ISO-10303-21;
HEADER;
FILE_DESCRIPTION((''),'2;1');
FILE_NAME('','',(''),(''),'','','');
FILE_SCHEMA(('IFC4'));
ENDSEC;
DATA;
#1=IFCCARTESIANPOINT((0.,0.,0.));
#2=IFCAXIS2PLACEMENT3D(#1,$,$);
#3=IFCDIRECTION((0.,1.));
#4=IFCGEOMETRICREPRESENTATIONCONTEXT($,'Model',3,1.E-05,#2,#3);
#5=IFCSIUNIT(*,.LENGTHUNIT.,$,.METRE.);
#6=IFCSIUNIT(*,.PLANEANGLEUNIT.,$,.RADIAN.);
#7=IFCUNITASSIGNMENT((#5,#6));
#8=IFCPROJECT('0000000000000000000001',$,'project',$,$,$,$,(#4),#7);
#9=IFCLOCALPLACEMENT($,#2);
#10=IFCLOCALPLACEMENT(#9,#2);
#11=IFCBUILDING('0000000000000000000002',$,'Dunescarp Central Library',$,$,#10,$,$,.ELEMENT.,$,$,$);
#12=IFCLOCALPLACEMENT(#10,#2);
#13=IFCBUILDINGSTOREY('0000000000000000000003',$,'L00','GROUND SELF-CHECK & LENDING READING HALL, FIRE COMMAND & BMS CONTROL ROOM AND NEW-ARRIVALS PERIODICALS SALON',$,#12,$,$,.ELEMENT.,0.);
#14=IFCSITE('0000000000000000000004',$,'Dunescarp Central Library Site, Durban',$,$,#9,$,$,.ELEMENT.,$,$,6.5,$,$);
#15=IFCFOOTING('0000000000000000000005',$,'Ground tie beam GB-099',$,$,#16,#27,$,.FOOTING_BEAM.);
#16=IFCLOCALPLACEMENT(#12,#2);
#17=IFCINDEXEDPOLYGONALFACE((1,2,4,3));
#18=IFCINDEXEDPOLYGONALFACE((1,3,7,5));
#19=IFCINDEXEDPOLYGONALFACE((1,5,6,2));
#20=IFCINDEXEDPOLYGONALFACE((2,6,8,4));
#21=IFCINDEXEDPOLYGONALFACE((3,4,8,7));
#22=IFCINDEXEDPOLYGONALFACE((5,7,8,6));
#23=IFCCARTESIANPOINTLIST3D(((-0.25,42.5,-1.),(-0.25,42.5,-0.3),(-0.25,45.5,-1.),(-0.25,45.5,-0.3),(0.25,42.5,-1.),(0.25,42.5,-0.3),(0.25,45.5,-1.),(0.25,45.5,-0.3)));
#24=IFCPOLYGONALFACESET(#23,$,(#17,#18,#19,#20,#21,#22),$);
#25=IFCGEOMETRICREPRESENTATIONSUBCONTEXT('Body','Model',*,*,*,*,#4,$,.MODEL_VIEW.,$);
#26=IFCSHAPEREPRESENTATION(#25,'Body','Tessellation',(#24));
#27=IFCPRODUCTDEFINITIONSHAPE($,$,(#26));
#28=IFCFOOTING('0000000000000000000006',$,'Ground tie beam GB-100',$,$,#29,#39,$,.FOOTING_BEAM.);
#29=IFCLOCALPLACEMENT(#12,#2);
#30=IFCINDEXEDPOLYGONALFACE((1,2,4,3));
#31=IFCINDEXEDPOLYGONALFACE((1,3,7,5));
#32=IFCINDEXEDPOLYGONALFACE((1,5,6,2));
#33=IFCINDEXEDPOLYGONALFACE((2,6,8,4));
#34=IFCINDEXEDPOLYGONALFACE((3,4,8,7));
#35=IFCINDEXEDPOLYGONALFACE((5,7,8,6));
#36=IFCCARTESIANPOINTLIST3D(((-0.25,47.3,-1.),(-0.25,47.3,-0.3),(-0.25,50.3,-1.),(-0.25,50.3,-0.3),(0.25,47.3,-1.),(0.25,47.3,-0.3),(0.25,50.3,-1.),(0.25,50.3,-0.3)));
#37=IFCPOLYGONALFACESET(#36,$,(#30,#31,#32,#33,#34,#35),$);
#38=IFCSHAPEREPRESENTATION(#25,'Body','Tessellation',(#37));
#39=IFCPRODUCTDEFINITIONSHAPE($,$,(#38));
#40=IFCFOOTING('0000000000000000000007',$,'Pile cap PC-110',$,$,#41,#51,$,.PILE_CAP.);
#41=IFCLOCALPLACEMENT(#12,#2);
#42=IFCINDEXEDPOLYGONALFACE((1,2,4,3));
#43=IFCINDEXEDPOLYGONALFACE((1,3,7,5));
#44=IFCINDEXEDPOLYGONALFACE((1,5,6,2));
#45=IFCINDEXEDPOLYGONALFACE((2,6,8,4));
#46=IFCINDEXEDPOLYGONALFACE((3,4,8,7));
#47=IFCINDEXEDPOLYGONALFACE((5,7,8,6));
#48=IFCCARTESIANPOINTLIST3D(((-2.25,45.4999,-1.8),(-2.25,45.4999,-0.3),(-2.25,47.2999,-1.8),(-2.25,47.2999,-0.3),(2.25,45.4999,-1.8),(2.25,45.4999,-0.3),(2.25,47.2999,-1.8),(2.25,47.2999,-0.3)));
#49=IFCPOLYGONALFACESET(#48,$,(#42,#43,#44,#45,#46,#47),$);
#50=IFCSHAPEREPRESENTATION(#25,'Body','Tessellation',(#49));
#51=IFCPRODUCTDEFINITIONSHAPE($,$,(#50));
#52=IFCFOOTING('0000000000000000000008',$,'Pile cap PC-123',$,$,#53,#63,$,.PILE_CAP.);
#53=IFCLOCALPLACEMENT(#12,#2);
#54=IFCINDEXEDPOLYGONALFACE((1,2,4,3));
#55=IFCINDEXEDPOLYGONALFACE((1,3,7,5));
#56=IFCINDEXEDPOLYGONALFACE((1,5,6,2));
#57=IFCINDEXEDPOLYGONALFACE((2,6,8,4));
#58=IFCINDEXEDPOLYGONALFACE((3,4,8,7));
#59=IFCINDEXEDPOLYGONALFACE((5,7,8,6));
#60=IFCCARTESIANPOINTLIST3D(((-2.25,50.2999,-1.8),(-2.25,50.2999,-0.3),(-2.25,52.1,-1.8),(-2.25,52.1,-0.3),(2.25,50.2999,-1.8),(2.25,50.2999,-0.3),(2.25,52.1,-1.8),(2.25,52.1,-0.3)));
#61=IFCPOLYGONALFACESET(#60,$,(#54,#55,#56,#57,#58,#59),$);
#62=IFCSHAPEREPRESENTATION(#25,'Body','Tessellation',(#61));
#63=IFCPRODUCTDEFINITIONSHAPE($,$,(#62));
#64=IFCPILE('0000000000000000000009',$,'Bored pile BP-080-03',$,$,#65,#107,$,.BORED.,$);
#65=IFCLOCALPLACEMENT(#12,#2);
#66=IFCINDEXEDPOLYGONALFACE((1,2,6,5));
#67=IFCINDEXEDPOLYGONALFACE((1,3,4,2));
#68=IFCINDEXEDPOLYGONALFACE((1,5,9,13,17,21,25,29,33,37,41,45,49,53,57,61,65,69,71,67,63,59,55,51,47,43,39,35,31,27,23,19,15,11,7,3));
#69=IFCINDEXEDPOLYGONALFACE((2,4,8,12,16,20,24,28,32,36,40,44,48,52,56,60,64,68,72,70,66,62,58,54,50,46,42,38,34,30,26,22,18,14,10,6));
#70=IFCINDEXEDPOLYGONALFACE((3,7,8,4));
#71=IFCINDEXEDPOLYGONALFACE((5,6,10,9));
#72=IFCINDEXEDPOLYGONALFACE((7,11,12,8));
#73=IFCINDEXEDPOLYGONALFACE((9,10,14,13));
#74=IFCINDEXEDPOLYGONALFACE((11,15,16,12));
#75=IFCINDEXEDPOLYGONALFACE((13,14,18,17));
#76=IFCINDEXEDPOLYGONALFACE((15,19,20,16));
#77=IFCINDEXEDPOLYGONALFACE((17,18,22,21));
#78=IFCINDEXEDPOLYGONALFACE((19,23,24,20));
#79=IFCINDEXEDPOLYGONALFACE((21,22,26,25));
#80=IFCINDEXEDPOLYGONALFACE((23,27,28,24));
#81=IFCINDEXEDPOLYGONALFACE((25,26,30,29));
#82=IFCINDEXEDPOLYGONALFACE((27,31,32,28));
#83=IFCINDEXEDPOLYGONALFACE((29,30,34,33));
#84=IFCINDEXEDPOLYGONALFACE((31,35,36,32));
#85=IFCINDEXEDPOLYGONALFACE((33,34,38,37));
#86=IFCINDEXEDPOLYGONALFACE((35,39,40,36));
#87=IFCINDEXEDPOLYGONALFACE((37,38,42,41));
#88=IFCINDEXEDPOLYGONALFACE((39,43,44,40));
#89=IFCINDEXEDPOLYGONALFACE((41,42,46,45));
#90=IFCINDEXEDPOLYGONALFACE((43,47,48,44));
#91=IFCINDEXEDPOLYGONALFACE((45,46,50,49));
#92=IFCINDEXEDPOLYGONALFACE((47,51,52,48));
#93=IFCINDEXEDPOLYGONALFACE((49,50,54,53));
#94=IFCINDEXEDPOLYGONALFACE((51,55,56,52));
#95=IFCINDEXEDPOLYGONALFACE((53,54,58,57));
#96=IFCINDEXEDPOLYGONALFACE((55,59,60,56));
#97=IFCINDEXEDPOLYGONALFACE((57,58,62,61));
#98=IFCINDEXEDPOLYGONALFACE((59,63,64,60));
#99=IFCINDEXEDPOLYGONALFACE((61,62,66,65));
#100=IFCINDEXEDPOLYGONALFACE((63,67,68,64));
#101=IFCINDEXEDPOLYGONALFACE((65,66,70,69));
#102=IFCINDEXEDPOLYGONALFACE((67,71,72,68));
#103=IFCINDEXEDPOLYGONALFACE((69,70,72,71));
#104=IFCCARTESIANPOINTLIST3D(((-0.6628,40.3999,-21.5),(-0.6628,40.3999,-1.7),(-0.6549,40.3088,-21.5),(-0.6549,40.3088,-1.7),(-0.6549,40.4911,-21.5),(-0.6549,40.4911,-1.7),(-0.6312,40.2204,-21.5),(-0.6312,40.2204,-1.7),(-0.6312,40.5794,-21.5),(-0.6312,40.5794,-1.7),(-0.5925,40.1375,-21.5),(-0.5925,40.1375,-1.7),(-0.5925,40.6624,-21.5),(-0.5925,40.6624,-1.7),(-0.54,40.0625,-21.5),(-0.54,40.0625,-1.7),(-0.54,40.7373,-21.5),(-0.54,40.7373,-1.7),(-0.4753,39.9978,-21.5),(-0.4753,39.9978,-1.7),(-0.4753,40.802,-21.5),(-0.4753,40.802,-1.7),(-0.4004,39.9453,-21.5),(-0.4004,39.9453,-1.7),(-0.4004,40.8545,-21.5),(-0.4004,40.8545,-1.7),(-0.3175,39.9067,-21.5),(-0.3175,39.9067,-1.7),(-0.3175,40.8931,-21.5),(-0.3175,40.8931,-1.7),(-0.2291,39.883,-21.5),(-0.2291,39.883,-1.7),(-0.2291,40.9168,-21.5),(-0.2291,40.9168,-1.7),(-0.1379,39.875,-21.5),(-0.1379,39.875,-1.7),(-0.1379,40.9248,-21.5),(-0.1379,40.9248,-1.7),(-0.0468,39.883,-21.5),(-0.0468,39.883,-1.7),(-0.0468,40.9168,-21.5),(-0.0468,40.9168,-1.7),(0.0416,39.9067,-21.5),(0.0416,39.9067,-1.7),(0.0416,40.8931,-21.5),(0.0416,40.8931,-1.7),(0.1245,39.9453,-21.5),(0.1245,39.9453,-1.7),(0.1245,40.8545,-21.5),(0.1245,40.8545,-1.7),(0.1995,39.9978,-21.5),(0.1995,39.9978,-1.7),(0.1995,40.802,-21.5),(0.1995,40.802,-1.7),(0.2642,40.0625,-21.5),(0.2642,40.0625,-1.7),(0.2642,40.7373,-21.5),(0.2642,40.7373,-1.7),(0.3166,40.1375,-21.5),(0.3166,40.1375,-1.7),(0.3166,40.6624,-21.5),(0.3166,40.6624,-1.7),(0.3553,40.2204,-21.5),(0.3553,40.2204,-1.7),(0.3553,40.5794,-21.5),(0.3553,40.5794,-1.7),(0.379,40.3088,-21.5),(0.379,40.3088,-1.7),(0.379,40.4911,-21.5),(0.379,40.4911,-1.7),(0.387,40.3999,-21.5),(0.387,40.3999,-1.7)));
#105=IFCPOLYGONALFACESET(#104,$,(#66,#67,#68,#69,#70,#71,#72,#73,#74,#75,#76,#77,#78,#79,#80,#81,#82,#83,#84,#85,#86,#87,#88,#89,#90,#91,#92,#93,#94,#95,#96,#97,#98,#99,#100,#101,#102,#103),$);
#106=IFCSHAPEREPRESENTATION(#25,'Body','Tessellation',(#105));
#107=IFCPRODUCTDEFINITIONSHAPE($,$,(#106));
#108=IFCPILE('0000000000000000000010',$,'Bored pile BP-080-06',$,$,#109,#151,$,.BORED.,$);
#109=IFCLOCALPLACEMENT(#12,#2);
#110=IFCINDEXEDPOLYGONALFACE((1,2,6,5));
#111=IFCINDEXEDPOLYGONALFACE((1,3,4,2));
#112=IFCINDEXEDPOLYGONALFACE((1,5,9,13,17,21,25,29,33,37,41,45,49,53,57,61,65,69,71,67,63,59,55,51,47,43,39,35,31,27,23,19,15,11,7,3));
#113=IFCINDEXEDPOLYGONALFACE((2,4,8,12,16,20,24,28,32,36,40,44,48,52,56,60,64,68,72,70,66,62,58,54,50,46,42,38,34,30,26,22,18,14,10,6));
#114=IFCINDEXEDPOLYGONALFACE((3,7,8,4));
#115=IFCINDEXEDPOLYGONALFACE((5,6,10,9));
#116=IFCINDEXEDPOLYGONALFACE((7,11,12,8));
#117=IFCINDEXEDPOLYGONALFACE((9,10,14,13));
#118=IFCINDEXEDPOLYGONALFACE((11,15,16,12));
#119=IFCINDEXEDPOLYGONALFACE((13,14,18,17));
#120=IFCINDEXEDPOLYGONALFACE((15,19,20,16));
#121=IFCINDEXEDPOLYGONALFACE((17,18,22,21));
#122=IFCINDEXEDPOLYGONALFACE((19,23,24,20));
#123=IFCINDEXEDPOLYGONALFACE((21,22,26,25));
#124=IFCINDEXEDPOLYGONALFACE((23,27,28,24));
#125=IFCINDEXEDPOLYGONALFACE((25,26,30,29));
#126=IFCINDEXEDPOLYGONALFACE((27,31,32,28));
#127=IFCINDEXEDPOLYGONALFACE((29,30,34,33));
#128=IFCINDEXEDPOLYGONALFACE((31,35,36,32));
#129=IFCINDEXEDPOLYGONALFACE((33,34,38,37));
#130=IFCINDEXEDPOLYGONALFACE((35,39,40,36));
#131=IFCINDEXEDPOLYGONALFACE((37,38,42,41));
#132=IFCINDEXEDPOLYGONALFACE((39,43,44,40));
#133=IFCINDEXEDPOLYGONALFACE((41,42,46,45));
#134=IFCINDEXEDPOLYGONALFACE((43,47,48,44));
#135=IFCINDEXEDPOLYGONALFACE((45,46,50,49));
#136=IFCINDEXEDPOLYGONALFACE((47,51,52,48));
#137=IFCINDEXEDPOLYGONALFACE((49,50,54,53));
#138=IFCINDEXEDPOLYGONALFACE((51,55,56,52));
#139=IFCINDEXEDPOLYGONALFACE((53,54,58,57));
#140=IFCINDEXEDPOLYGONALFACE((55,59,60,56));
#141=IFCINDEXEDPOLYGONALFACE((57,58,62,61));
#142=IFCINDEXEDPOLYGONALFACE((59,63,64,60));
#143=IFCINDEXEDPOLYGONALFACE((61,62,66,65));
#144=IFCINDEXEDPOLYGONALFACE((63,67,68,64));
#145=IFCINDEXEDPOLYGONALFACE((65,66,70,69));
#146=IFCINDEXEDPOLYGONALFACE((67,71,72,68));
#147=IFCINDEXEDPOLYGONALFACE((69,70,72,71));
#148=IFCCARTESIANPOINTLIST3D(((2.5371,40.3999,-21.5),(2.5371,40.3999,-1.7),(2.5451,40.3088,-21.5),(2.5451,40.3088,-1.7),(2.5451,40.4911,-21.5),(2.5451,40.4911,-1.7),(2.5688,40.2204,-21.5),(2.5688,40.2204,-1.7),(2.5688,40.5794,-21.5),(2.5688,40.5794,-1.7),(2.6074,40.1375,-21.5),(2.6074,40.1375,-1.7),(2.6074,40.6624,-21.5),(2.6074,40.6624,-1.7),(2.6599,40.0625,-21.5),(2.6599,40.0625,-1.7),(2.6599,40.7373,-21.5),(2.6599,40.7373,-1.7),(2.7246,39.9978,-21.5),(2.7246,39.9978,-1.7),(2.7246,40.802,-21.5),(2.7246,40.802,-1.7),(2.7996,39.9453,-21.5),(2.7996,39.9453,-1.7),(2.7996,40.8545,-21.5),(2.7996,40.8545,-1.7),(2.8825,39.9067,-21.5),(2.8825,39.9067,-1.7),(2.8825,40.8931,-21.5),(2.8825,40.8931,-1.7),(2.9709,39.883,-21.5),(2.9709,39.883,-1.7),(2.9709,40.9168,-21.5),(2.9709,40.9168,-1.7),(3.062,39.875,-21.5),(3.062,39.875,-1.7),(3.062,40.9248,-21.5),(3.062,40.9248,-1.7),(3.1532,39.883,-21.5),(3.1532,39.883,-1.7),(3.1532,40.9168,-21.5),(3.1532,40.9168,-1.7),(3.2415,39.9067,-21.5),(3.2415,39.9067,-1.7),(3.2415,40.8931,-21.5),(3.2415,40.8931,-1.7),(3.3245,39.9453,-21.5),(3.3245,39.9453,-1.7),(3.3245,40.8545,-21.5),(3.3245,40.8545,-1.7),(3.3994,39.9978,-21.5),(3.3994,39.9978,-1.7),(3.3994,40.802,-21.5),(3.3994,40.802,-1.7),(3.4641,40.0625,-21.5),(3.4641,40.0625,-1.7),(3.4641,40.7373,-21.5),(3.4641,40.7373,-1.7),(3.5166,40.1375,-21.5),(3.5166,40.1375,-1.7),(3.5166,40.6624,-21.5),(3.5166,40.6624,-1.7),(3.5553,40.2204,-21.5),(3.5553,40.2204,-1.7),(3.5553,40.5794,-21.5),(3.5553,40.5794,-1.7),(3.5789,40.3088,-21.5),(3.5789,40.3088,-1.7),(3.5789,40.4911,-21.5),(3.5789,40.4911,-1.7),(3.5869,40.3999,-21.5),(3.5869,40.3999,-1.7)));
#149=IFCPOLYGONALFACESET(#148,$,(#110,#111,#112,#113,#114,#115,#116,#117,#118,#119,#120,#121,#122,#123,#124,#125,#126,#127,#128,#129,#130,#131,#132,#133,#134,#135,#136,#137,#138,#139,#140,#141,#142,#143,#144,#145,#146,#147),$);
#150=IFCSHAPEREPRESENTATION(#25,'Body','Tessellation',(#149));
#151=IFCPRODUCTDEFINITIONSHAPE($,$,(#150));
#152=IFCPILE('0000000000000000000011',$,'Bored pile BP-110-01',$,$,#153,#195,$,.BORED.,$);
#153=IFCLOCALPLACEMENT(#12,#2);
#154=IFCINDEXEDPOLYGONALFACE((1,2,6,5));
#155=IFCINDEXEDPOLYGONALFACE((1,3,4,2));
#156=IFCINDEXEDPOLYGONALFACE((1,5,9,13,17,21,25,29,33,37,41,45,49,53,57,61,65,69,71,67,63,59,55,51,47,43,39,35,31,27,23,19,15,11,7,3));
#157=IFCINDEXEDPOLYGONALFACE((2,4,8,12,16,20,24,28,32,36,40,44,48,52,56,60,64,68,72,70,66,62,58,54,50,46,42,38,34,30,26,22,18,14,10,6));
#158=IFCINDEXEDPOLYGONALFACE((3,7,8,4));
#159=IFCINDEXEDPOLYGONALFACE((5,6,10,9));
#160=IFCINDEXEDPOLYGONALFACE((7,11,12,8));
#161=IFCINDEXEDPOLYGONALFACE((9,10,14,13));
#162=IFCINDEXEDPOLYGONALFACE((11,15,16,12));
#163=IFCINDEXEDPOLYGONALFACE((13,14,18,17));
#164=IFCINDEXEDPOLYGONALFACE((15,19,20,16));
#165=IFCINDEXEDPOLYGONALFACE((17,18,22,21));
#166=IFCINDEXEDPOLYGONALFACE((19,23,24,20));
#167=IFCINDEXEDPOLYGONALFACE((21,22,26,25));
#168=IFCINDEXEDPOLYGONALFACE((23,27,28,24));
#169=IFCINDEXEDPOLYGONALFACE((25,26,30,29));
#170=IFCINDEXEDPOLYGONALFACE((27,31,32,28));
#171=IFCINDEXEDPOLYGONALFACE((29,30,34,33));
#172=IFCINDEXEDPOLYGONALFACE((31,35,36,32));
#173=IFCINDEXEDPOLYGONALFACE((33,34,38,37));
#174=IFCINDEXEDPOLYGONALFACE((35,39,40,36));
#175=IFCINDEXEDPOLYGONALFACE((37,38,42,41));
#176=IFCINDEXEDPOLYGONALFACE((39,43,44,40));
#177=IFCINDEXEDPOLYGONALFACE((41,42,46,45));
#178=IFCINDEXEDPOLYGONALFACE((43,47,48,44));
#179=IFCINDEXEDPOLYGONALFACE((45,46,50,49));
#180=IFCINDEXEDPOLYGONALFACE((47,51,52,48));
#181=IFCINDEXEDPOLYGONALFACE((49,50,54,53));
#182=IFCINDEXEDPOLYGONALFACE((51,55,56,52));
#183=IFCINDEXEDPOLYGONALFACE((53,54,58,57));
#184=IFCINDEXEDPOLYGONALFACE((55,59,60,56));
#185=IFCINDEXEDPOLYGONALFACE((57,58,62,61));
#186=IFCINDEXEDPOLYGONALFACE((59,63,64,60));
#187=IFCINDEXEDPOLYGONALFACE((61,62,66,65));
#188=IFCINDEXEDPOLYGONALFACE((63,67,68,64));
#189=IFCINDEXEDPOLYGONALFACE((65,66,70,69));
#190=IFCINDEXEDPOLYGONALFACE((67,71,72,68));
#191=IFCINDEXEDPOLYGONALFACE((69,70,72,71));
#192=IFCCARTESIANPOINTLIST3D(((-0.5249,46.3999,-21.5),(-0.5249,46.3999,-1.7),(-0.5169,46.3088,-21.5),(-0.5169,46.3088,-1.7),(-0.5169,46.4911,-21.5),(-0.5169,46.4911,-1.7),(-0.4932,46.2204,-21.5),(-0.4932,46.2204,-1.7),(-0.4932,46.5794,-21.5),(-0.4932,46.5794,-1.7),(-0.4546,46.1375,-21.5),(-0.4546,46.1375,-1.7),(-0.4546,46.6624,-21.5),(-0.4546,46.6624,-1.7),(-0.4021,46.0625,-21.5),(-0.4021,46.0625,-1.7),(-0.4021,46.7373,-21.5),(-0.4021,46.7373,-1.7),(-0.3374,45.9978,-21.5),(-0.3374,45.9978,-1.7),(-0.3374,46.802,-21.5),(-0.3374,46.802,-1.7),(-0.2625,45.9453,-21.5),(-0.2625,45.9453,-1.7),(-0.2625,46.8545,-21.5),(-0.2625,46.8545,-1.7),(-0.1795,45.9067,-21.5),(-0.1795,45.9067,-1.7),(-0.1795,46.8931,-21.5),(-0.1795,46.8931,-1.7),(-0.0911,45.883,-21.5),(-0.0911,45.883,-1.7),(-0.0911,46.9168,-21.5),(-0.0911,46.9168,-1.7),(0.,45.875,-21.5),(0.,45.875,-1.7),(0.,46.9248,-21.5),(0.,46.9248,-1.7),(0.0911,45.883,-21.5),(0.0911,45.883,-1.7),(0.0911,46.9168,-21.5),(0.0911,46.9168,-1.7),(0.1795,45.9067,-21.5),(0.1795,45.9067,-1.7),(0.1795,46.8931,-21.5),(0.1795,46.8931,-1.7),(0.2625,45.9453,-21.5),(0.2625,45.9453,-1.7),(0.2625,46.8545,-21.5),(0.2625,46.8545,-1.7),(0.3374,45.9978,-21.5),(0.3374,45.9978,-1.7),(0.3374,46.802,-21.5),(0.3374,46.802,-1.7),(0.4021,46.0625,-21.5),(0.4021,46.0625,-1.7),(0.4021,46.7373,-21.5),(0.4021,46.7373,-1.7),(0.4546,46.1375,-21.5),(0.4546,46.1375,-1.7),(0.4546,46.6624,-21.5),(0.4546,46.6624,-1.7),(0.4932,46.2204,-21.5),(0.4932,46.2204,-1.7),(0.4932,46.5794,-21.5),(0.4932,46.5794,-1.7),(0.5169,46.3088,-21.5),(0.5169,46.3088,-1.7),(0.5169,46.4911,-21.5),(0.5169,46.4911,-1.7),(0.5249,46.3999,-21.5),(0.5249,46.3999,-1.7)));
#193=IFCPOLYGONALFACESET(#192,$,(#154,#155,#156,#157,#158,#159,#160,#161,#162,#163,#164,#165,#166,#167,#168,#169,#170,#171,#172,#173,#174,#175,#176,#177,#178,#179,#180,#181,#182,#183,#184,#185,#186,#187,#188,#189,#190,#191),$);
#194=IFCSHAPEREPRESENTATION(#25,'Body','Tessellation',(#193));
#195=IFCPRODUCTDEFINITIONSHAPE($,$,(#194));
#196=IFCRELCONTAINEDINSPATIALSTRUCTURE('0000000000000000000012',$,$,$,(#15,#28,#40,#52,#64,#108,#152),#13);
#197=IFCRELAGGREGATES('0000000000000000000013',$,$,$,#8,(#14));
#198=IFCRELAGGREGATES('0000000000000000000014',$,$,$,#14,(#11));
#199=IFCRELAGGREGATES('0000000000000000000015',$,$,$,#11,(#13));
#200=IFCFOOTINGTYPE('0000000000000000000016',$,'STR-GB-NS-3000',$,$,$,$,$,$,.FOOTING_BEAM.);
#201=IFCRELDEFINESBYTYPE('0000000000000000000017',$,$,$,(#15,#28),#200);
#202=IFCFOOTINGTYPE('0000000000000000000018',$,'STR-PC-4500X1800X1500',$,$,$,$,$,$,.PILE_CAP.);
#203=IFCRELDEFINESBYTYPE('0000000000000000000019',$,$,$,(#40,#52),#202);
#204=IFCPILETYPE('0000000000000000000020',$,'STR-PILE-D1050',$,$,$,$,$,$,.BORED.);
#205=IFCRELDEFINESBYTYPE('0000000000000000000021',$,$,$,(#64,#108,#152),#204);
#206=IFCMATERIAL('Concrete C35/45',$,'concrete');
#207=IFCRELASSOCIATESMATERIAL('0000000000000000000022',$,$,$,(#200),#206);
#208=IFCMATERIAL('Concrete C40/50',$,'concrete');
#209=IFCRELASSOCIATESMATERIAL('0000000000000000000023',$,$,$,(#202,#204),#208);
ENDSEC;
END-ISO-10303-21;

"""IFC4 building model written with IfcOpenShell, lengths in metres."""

from ifc_helpers import new_model, si_unit, direction, frame, origin, origin_2d, place, context, subcontext, project, spatial, rectangle, circle, extrude, material, material_profile, profile_set, type_object, element, save


model = new_model("IFC4")

# Units and contexts
model_context = context("Model", 3, precision=1e-05, world=origin(), true_north=direction((0.0, 1.0)))
body_context = subcontext(model_context, "Body", "Model", "MODEL_VIEW")
ifc_project = project(units=[si_unit("LENGTHUNIT", "METRE"), si_unit("PLANEANGLEUNIT", "RADIAN")], contexts=[model_context])

# Site, building, storey
site_placement = place(None, origin())
site = spatial("IfcSite", under=ifc_project, at=site_placement, Name="Dunescarp Central Library Site, Durban", CompositionType="ELEMENT", RefElevation=6.5)
building_placement = place(site_placement, origin())
building = spatial("IfcBuilding", under=site, at=building_placement, Name="Dunescarp Central Library", CompositionType="ELEMENT")
storey_placement = place(building_placement, origin())
storey = spatial("IfcBuildingStorey", under=building, at=storey_placement, Name="L00", Description="GROUND SELF-CHECK & LENDING READING HALL, FIRE COMMAND & BMS CONTROL ROOM AND NEW-ARRIVALS PERIODICALS SALON", CompositionType="ELEMENT", Elevation=0.0)

# Footings
ifc_material_1 = material(Name="Concrete C35/45", Category="concrete")
footing_type_1 = type_object("IfcFootingType", Name="STR-GB-NS-3000", PredefinedType="FOOTING_BEAM", material=ifc_material_1)
for number, where, z_axis, x_axis, name in (
    (1, (0.0, 44.0, -1.0), (0.0, 0.0, 1.0), (0.0, 1.0, 0.0), "Ground tie beam GB-099"),
    (2, (0.0, 48.8, -1.0), (0.0, 0.0, 1.0), (0.0, 1.0, 0.0), "Ground tie beam GB-100"),
):
    element("IfcFooting", number, at=place(storey_placement, frame(where, z_axis=z_axis, x_axis=x_axis)), inside=storey, type_object=footing_type_1, Name=name, PredefinedType="FOOTING_BEAM", context=body_context, shape_type="SweptSolid", body=[
        extrude(rectangle(XDim=3.0, YDim=0.5, at=origin_2d()), origin(), (0.0, 0.0, 1.0), 0.7),
    ])
ifc_material_2 = material(Name="Concrete C40/50", Category="concrete")
footing_type_2 = type_object("IfcFootingType", Name="STR-PC-4500X1800X1500", PredefinedType="PILE_CAP", material=ifc_material_2)
for number, where, z_axis, x_axis, name in (
    (3, (0.0, 46.3999, -1.8), (0.0, 0.0, 1.0), (1.0, 0.0, 0.0), "Pile cap PC-110"),
    (4, (0.0, 51.2, -1.8), (0.0, 0.0, 1.0), (1.0, 0.0, 0.0), "Pile cap PC-123"),
):
    element("IfcFooting", number, at=place(storey_placement, frame(where, z_axis=z_axis, x_axis=x_axis)), inside=storey, type_object=footing_type_2, Name=name, PredefinedType="PILE_CAP", context=body_context, shape_type="SweptSolid", body=[
        extrude(rectangle(XDim=4.5, YDim=1.8, at=origin_2d()), origin(), (0.0, 0.0, 1.0), 1.5),
    ])

# Piles
ifc_material_profile_1 = material_profile(ifc_material_2, circle(Radius=0.5249, at=origin_2d()), Name="PILE D1050")
ifc_profile_set_1 = profile_set([ifc_material_profile_1], Name="Concrete C40/50")
pile_type = type_object("IfcPileType", Name="STR-PILE-D1050", PredefinedType="BORED", material=ifc_profile_set_1)
for number, where, z_axis, x_axis, name in (
    (5, (-0.1379, 40.3999, -1.7), (0.0, 0.0, -1.0), (1.0, 0.0, 0.0), "Bored pile BP-080-03"),
    (6, (3.062, 40.3999, -1.7), (0.0, 0.0, -1.0), (1.0, 0.0, 0.0), "Bored pile BP-080-06"),
    (7, (0.0, 46.3999, -1.7), (0.0, 0.0, -1.0), (1.0, 0.0, 0.0), "Bored pile BP-110-01"),
):
    element("IfcPile", number, at=place(storey_placement, frame(where, z_axis=z_axis, x_axis=x_axis)), inside=storey, type_object=pile_type, Name=name, PredefinedType="BORED", context=body_context, shape_type="SweptSolid", body=[
        extrude(circle(Radius=0.5249, at=origin_2d()), origin(), (0.0, 0.0, 1.0), 19.8),
    ])

save(model, "model.ifc")
